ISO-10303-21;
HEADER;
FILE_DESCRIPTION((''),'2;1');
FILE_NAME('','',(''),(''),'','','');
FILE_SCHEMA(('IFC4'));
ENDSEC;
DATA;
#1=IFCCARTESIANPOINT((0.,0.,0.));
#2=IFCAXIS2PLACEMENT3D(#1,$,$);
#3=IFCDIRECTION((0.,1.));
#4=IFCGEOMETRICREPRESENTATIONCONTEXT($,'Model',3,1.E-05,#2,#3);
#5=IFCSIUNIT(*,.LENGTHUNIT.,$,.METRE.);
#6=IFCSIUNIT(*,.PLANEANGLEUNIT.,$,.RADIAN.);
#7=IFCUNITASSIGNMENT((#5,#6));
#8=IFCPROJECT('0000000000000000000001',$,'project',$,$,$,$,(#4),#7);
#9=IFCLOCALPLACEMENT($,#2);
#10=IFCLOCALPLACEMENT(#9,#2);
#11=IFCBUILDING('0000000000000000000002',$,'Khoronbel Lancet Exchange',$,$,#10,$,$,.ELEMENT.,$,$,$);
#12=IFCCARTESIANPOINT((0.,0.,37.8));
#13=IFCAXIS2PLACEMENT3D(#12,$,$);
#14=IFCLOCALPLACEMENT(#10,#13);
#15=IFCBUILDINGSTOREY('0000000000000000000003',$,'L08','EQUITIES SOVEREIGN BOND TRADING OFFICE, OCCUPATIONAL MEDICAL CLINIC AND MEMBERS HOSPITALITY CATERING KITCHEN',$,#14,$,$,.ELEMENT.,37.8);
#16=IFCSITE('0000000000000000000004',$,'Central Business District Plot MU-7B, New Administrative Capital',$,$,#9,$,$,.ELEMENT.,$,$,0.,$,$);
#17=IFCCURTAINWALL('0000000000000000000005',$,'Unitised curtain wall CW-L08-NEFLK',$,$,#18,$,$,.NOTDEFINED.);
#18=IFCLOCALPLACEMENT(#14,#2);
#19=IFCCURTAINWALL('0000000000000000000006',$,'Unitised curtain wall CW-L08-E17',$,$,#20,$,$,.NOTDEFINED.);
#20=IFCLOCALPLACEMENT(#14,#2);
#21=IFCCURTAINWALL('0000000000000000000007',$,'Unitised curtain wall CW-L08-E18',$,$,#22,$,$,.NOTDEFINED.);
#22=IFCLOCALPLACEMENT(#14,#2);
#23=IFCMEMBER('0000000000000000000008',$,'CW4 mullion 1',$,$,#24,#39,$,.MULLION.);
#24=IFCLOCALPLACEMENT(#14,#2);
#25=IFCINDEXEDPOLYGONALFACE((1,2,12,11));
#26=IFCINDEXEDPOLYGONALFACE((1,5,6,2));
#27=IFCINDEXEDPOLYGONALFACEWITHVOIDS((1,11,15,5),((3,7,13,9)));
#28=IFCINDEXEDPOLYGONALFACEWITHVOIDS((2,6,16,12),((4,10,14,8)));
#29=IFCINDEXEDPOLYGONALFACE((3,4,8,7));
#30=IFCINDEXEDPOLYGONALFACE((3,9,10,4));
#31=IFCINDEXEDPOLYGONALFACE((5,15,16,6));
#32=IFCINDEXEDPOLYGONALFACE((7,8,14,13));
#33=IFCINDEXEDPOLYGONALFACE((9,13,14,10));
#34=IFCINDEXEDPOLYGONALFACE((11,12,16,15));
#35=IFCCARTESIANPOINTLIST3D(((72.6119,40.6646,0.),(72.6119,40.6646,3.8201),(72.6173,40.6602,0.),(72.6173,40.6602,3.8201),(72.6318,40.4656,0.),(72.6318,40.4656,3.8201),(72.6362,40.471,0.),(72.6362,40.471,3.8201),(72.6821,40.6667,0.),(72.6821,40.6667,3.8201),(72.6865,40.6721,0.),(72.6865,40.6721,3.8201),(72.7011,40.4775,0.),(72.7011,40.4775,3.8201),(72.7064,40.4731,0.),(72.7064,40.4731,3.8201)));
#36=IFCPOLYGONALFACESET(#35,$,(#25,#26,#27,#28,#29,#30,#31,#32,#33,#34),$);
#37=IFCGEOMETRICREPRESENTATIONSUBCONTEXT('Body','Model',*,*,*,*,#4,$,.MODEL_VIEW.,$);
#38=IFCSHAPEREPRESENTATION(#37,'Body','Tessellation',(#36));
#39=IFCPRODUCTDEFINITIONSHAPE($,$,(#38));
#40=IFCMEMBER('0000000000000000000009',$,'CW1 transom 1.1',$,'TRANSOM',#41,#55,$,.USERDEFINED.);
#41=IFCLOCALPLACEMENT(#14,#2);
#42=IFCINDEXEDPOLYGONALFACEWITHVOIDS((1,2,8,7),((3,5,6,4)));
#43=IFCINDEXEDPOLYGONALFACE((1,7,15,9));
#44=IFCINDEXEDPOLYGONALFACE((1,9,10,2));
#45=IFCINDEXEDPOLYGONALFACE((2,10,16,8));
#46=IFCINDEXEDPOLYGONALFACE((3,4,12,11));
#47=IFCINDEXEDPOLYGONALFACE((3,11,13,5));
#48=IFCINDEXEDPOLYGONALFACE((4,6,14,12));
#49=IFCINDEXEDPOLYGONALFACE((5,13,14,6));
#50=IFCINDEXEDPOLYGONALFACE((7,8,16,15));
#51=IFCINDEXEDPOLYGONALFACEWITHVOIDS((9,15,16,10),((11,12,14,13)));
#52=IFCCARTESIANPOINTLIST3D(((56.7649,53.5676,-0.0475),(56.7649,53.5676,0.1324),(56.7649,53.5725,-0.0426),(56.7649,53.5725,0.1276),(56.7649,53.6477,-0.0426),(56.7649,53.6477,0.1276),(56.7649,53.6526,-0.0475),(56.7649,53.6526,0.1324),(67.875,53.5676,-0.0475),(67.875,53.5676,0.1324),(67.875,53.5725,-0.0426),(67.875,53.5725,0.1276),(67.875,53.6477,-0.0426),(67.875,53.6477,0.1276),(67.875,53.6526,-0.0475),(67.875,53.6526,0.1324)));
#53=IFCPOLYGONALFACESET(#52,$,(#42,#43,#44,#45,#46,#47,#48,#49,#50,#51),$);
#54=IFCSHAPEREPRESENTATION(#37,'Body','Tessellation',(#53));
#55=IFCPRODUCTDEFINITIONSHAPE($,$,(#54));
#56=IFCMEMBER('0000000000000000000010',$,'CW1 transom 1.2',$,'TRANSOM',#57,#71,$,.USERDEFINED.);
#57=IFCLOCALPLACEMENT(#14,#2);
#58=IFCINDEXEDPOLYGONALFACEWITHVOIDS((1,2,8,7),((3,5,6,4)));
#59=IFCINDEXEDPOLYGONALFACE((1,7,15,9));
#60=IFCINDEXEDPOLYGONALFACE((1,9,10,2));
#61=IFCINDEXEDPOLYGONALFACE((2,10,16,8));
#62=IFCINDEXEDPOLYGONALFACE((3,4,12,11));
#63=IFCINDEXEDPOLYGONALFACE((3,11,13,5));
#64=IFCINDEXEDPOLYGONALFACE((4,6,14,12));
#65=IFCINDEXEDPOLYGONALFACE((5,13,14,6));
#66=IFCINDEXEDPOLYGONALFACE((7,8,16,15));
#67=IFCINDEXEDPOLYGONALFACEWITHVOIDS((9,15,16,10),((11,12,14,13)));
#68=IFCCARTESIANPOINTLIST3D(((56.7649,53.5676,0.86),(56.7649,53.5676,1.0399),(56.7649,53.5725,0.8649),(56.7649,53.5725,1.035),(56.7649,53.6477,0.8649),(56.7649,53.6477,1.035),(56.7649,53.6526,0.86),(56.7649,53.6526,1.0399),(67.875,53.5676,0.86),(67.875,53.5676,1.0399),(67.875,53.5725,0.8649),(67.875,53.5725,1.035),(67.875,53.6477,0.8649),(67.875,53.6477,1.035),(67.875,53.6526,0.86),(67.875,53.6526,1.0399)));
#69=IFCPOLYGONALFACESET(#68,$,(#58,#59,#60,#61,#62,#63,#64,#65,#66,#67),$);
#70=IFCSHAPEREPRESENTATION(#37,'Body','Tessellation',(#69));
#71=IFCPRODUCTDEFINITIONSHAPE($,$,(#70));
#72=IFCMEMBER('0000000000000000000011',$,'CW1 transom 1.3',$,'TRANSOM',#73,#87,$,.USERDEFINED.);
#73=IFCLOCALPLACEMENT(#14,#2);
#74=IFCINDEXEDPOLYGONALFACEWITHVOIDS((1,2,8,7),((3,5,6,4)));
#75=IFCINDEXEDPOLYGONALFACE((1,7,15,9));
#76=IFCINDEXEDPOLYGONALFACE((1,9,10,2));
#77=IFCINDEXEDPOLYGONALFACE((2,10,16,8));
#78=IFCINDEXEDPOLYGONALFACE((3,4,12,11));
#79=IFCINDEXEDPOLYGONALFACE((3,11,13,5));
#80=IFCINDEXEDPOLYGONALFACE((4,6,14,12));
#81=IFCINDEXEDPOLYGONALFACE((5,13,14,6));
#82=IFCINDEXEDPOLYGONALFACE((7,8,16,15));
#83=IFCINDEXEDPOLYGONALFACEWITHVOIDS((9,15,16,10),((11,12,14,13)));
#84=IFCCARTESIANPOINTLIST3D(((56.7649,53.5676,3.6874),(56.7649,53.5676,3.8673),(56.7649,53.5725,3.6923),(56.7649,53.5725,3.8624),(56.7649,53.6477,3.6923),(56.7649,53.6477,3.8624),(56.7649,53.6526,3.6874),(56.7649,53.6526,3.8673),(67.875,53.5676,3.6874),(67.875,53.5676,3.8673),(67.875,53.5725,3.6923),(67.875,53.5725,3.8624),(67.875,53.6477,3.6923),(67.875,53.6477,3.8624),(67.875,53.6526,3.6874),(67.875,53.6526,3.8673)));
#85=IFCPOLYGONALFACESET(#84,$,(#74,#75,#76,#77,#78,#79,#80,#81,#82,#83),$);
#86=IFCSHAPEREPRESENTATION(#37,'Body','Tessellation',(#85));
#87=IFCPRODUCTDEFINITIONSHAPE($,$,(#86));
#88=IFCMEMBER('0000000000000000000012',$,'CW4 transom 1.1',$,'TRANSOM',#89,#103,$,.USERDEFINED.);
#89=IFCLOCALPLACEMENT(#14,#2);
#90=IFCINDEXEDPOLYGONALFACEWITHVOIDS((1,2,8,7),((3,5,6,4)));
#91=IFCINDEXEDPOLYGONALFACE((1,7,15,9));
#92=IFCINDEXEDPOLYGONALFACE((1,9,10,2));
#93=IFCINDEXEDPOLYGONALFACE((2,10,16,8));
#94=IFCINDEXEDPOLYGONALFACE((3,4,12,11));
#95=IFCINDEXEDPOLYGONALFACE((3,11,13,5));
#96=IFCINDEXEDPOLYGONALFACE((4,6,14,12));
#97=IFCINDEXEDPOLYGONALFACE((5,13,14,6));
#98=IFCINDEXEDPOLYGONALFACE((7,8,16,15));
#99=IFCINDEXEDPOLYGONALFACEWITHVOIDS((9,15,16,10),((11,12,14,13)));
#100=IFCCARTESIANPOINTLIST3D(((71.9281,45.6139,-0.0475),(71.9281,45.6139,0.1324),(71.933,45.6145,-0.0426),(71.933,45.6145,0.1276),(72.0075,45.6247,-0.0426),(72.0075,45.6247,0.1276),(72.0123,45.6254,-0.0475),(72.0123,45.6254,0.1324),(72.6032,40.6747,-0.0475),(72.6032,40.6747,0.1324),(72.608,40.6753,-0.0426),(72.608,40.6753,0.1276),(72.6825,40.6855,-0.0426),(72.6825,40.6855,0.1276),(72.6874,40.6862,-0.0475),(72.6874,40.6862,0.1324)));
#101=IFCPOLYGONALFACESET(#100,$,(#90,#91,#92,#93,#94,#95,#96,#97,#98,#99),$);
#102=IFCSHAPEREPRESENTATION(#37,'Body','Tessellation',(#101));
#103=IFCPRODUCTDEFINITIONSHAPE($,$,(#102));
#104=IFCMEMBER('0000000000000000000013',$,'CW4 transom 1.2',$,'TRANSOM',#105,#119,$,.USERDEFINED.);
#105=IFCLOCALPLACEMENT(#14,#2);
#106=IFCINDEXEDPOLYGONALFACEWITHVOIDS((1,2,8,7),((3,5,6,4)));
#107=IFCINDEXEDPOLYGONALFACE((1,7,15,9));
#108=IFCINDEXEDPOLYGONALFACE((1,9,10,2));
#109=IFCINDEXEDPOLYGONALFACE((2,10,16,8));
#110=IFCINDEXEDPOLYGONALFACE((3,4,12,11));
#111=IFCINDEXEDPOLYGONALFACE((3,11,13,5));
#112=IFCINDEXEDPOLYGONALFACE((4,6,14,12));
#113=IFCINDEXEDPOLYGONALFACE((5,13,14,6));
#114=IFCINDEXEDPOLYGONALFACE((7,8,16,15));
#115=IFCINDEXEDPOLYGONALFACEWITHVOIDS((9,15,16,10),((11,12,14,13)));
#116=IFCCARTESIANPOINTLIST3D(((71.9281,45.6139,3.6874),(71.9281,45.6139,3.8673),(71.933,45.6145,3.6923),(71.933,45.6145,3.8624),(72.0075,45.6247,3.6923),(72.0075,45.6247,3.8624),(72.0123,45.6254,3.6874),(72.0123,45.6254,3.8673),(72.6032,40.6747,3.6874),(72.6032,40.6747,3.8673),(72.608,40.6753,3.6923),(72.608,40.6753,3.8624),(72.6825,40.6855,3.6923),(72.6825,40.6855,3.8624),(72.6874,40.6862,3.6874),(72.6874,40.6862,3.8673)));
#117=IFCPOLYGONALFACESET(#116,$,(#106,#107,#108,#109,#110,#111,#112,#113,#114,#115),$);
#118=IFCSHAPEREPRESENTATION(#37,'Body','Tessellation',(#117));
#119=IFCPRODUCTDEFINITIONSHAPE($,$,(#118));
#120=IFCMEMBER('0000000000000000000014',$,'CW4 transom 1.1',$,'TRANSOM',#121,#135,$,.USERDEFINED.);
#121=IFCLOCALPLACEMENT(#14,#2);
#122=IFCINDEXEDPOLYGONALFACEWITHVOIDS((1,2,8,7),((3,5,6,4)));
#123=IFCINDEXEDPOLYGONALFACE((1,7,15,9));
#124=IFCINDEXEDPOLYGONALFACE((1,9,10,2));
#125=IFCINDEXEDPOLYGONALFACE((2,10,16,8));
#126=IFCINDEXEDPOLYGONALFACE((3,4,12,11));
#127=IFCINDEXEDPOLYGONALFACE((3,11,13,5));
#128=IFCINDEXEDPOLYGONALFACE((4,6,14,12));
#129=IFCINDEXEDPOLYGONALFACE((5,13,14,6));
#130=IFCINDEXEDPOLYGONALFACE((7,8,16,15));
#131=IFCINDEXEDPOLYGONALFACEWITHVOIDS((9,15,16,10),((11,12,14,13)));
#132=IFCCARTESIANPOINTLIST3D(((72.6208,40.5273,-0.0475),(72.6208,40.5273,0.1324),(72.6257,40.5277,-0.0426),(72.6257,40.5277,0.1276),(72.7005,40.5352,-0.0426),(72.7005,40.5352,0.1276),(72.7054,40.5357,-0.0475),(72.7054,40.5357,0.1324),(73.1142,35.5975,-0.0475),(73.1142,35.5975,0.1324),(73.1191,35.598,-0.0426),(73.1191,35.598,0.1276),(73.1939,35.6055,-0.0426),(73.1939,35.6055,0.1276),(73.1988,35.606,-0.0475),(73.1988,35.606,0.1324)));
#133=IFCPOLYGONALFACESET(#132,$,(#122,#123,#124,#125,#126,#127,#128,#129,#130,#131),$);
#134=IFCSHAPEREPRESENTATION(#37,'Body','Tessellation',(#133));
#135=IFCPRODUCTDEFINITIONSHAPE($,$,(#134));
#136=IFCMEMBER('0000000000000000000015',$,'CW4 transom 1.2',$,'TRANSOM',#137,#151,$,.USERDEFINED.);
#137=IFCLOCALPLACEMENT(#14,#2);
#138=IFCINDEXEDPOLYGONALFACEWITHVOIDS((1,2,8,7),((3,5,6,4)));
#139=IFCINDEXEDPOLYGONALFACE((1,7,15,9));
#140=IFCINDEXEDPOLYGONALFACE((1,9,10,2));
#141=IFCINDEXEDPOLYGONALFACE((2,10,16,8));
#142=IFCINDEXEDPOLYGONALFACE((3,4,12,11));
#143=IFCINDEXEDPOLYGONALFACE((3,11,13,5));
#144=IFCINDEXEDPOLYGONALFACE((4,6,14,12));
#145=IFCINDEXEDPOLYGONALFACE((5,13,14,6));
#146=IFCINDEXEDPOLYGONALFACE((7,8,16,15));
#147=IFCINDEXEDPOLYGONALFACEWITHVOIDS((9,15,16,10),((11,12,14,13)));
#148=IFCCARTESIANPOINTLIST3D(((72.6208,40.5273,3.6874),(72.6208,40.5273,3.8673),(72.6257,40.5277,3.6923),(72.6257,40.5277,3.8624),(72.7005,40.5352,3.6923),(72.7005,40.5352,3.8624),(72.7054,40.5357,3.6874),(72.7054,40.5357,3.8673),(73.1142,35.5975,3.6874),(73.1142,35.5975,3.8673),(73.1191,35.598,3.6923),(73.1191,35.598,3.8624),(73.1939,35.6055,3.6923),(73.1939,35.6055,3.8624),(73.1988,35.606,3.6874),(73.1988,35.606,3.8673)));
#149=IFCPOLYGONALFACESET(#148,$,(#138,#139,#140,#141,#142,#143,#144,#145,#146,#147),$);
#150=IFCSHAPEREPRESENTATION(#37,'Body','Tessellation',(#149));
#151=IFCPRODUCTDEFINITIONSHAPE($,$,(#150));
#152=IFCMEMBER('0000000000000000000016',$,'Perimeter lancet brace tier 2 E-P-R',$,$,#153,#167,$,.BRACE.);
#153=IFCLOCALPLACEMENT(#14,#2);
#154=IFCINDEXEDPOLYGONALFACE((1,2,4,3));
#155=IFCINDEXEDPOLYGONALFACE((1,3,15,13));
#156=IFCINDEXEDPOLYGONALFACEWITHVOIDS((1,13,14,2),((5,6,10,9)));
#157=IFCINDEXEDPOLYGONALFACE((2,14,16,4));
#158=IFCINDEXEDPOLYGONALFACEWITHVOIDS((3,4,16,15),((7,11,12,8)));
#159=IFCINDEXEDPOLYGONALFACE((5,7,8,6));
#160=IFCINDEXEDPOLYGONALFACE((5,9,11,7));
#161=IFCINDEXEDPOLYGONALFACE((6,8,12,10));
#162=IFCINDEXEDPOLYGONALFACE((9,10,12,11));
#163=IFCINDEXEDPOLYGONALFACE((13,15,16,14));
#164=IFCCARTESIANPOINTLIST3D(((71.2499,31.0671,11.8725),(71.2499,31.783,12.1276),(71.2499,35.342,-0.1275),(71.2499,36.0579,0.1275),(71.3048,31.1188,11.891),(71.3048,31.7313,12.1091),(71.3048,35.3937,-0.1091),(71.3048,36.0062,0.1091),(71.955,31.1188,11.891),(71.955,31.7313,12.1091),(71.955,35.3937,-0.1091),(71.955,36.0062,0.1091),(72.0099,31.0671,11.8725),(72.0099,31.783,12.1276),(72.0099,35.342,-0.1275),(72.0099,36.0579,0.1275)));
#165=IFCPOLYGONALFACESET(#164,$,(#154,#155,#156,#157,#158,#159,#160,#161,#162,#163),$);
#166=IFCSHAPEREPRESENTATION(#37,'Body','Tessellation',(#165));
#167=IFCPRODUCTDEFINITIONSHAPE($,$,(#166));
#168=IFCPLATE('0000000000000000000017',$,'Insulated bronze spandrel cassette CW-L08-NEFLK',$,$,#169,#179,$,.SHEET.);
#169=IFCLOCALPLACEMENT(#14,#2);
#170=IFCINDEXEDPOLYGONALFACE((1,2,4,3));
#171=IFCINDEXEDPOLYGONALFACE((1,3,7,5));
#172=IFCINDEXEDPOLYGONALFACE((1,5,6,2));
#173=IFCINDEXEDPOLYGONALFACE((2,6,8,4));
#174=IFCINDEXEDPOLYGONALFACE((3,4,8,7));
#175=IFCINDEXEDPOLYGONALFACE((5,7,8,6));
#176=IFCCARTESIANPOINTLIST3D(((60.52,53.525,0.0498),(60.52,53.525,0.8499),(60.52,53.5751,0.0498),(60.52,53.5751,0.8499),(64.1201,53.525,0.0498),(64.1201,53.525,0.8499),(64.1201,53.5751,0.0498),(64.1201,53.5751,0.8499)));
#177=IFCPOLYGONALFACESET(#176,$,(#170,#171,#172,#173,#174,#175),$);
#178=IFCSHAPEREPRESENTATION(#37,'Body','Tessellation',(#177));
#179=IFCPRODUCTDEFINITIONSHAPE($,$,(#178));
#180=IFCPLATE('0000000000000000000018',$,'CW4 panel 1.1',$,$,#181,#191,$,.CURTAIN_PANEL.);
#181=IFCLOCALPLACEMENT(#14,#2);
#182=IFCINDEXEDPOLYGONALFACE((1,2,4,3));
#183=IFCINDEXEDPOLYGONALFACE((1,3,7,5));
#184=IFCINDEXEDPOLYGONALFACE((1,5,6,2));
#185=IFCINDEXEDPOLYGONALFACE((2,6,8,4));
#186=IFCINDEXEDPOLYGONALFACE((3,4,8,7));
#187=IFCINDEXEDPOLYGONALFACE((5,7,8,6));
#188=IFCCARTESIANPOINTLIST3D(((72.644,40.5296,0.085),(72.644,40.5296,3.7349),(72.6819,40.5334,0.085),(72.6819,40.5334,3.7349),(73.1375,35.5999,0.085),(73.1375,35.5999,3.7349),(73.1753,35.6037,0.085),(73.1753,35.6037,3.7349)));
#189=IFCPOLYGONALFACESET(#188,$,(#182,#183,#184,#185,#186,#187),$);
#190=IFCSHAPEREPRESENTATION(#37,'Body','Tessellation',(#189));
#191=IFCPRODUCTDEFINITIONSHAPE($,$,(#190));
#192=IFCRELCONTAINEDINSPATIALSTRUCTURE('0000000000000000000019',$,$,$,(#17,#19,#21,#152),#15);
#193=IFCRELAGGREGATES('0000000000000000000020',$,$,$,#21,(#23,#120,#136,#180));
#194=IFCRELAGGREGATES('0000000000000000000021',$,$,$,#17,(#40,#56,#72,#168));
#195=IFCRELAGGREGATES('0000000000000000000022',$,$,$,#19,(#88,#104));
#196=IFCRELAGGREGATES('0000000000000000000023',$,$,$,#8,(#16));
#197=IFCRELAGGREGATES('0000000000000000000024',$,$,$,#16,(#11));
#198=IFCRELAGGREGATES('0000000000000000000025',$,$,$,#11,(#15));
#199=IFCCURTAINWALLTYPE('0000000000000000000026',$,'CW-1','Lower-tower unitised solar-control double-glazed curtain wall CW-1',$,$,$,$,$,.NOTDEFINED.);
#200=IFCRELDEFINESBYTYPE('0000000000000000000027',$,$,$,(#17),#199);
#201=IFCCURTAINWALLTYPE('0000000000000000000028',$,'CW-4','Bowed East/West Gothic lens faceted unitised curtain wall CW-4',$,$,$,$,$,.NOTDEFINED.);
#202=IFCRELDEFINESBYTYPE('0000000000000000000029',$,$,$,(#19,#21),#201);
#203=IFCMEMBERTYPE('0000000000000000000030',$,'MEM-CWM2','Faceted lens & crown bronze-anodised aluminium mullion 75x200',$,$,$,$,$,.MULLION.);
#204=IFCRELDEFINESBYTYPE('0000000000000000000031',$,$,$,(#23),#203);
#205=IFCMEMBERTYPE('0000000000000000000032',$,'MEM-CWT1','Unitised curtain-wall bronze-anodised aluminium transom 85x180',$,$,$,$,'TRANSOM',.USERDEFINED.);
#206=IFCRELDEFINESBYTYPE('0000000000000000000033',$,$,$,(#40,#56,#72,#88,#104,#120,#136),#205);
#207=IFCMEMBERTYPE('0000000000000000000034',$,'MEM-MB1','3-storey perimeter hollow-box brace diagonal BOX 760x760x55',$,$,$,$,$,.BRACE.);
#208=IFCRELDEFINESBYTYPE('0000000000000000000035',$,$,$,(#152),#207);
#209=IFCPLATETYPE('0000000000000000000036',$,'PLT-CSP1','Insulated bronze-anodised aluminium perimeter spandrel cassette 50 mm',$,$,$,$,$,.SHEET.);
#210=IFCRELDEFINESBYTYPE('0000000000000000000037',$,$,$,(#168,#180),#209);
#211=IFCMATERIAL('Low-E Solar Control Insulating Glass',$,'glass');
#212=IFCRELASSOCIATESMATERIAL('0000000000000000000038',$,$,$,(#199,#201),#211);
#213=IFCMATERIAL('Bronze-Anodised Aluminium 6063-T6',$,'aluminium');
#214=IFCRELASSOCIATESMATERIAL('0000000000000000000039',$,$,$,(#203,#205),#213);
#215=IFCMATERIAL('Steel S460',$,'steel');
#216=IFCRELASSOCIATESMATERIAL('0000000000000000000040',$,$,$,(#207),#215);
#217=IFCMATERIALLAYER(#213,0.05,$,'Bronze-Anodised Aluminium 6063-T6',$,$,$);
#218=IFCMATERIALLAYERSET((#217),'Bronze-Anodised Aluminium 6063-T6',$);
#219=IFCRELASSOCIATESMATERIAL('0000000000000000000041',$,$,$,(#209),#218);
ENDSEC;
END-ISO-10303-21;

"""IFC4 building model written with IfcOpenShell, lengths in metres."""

from ifc_helpers import new_model, si_unit, direction, frame, origin, origin_2d, place, context, subcontext, project, spatial, rectangle, hollow_rectangle, extrude, material, layer, layer_set, material_profile, profile_set, type_object, element, aggregate, save


model = new_model("IFC4")

# Units and contexts
model_context = context("Model", 3, precision=1e-05, world=origin(), true_north=direction((0.0, 1.0)))
body_context = subcontext(model_context, "Body", "Model", "MODEL_VIEW")
ifc_project = project(units=[si_unit("LENGTHUNIT", "METRE"), si_unit("PLANEANGLEUNIT", "RADIAN")], contexts=[model_context])

# Site, building, storey
site_placement = place(None, origin())
site = spatial("IfcSite", under=ifc_project, at=site_placement, Name="Central Business District Plot MU-7B, New Administrative Capital", CompositionType="ELEMENT", RefElevation=0.0)
building_placement = place(site_placement, origin())
building = spatial("IfcBuilding", under=site, at=building_placement, Name="Khoronbel Lancet Exchange", CompositionType="ELEMENT")
storey_placement = place(building_placement, frame((0.0, 0.0, 37.8)))
storey = spatial("IfcBuildingStorey", under=building, at=storey_placement, Name="L08", Description="EQUITIES SOVEREIGN BOND TRADING OFFICE, OCCUPATIONAL MEDICAL CLINIC AND MEMBERS HOSPITALITY CATERING KITCHEN", CompositionType="ELEMENT", Elevation=37.8)

# Shared definitions
ifc_material_1 = material(Name="Steel S460", Category="steel")

# Curtain walls
ifc_material_2 = material(Name="Low-E Solar Control Insulating Glass", Category="glass")
curtain_wall_type_1 = type_object("IfcCurtainWallType", Name="CW-1", Description="Lower-tower unitised solar-control double-glazed curtain wall CW-1", PredefinedType="NOTDEFINED", material=ifc_material_2)
curtain_wall_1_placement = place(storey_placement, origin())
curtain_wall_1 = element("IfcCurtainWall", 1, at=curtain_wall_1_placement, inside=storey, type_object=curtain_wall_type_1, Name="Unitised curtain wall CW-L08-NEFLK", PredefinedType="NOTDEFINED")
ifc_material_3 = material(Name="Bronze-Anodised Aluminium 6063-T6", Category="aluminium")
curtain_wall_type_2 = type_object("IfcCurtainWallType", Name="CW-4", Description="Bowed East/West Gothic lens faceted unitised curtain wall CW-4", PredefinedType="NOTDEFINED", material=ifc_material_2)
curtain_wall_2_placement = place(storey_placement, origin())
curtain_wall_2 = element("IfcCurtainWall", 2, at=curtain_wall_2_placement, inside=storey, type_object=curtain_wall_type_2, Name="Unitised curtain wall CW-L08-E17", PredefinedType="NOTDEFINED")
ifc_material_profile_1 = material_profile(ifc_material_3, hollow_rectangle(XDim=0.075, YDim=0.2, WallThickness=0.0049, at=origin_2d()), Name="ALU MULLION 75x200")
ifc_profile_set_1 = profile_set([ifc_material_profile_1], Name="Bronze-Anodised Aluminium 6063-T6")
member_type_1 = type_object("IfcMemberType", Name="MEM-CWM2", Description="Faceted lens & crown bronze-anodised aluminium mullion 75x200", PredefinedType="MULLION", material=ifc_profile_set_1)

# Curtain wall, member
curtain_wall_3_placement = place(storey_placement, origin())
curtain_wall_3 = element("IfcCurtainWall", 3, at=curtain_wall_3_placement, inside=storey, type_object=curtain_wall_type_2, Name="Unitised curtain wall CW-L08-E18", PredefinedType="NOTDEFINED")
member_1_placement = place(storey_placement, frame((72.6592, 40.5688, 0.0), z_axis=(0.0, 0.0, 1.0), x_axis=(0.995027, 0.099603, 0.0)))
member_1 = element("IfcMember", 4, at=member_1_placement, type_object=member_type_1, Name="CW4 mullion 1", PredefinedType="MULLION", context=body_context, shape_type="SweptSolid", body=[
    extrude(hollow_rectangle(XDim=0.075, YDim=0.2, WallThickness=0.0049, at=origin_2d()), origin(), (0.0, 0.0, 1.0), 3.8201),
])

# Members
ifc_material_profile_2 = material_profile(ifc_material_3, hollow_rectangle(XDim=0.085, YDim=0.1799, WallThickness=0.0049, at=origin_2d()), Name="ALU TRANSOM 85x180")
ifc_profile_set_2 = profile_set([ifc_material_profile_2], Name="Bronze-Anodised Aluminium 6063-T6")
member_type_2 = type_object("IfcMemberType", Name="MEM-CWT1", Description="Unitised curtain-wall bronze-anodised aluminium transom 85x180", ElementType="TRANSOM", PredefinedType="USERDEFINED", material=ifc_profile_set_2)
member_2_placement = place(storey_placement, frame((67.875, 53.6101, 0.0425), z_axis=(-1.0, 0.0, 0.0), x_axis=(0.0, -1.0, 0.0)))
member_2 = element("IfcMember", 5, at=member_2_placement, type_object=member_type_2, Name="CW1 transom 1.1", ObjectType="TRANSOM", PredefinedType="USERDEFINED", context=body_context, shape_type="SweptSolid", body=[
    extrude(hollow_rectangle(XDim=0.085, YDim=0.1799, WallThickness=0.0049, at=origin_2d()), origin(), (0.0, 0.0, 1.0), 11.1101),
])
member_3_placement = place(storey_placement, frame((67.875, 53.6101, 0.95), z_axis=(-1.0, 0.0, 0.0), x_axis=(0.0, -1.0, 0.0)))
member_3 = element("IfcMember", 6, at=member_3_placement, type_object=member_type_2, Name="CW1 transom 1.2", ObjectType="TRANSOM", PredefinedType="USERDEFINED", context=body_context, shape_type="SweptSolid", body=[
    extrude(hollow_rectangle(XDim=0.085, YDim=0.1799, WallThickness=0.0049, at=origin_2d()), origin(), (0.0, 0.0, 1.0), 11.1101),
])
member_4_placement = place(storey_placement, frame((67.875, 53.6101, 3.7773), z_axis=(-1.0, 0.0, 0.0), x_axis=(0.0, -1.0, 0.0)))
member_4 = element("IfcMember", 7, at=member_4_placement, type_object=member_type_2, Name="CW1 transom 1.3", ObjectType="TRANSOM", PredefinedType="USERDEFINED", context=body_context, shape_type="SweptSolid", body=[
    extrude(hollow_rectangle(XDim=0.085, YDim=0.1799, WallThickness=0.0049, at=origin_2d()), origin(), (0.0, 0.0, 1.0), 11.1101),
])
member_5_placement = place(storey_placement, frame((71.9702, 45.6196, 0.0425), z_axis=(0.135413, -0.990789, 0.0), x_axis=(0.990789, 0.135413, 0.0)))
member_5 = element("IfcMember", 8, at=member_5_placement, type_object=member_type_2, Name="CW4 transom 1.1", ObjectType="TRANSOM", PredefinedType="USERDEFINED", context=body_context, shape_type="SweptSolid", body=[
    extrude(hollow_rectangle(XDim=0.085, YDim=0.1799, WallThickness=0.0049, at=origin_2d()), origin(), (0.0, 0.0, 1.0), 4.9851),
])
member_6_placement = place(storey_placement, frame((71.9702, 45.6196, 3.7773), z_axis=(0.135413, -0.990789, 0.0), x_axis=(0.990789, 0.135413, 0.0)))
member_6 = element("IfcMember", 9, at=member_6_placement, type_object=member_type_2, Name="CW4 transom 1.2", ObjectType="TRANSOM", PredefinedType="USERDEFINED", context=body_context, shape_type="SweptSolid", body=[
    extrude(hollow_rectangle(XDim=0.085, YDim=0.1799, WallThickness=0.0049, at=origin_2d()), origin(), (0.0, 0.0, 1.0), 4.9851),
])
member_7_placement = place(storey_placement, frame((72.6631, 40.5315, 0.0425), z_axis=(0.099592, -0.995028, 0.0), x_axis=(0.995028, 0.099592, 0.0)))
member_7 = element("IfcMember", 10, at=member_7_placement, type_object=member_type_2, Name="CW4 transom 1.1", ObjectType="TRANSOM", PredefinedType="USERDEFINED", context=body_context, shape_type="SweptSolid", body=[
    extrude(hollow_rectangle(XDim=0.085, YDim=0.1799, WallThickness=0.0049, at=origin_2d()), origin(), (0.0, 0.0, 1.0), 4.9543),
])
member_8_placement = place(storey_placement, frame((72.6631, 40.5315, 3.7773), z_axis=(0.099592, -0.995028, 0.0), x_axis=(0.995028, 0.099592, 0.0)))
member_8 = element("IfcMember", 11, at=member_8_placement, type_object=member_type_2, Name="CW4 transom 1.2", ObjectType="TRANSOM", PredefinedType="USERDEFINED", context=body_context, shape_type="SweptSolid", body=[
    extrude(hollow_rectangle(XDim=0.085, YDim=0.1799, WallThickness=0.0049, at=origin_2d()), origin(), (0.0, 0.0, 1.0), 4.9543),
])
ifc_material_profile_3 = material_profile(ifc_material_1, hollow_rectangle(XDim=0.76, YDim=0.76, WallThickness=0.0549, at=origin_2d()), Name="BOX 760x760x55")
ifc_profile_set_3 = profile_set([ifc_material_profile_3], Name="Steel S460")
member_type_3 = type_object("IfcMemberType", Name="MEM-MB1", Description="3-storey perimeter hollow-box brace diagonal BOX 760x760x55", PredefinedType="BRACE", material=ifc_profile_set_3)
member_9_placement = place(storey_placement, frame((71.6299, 35.7, 0.0), z_axis=(0.0, -0.335584, 0.94201), x_axis=(1.0, 0.0, 0.0)))
element("IfcMember", 12, at=member_9_placement, inside=storey, type_object=member_type_3, Name="Perimeter lancet brace tier 2 E-P-R", PredefinedType="BRACE", context=body_context, shape_type="SweptSolid", body=[
    extrude(hollow_rectangle(XDim=0.76, YDim=0.76, WallThickness=0.0549, at=origin_2d()), origin(), (0.0, 0.0, 1.0), 12.7388),
])

# Plates
ifc_layer_1 = layer(ifc_material_3, 0.05, Name="Bronze-Anodised Aluminium 6063-T6")
ifc_layer_set_1 = layer_set([ifc_layer_1], Name="Bronze-Anodised Aluminium 6063-T6")
plate_type_1 = type_object("IfcPlateType", Name="PLT-CSP1", Description="Insulated bronze-anodised aluminium perimeter spandrel cassette 50 mm", PredefinedType="SHEET", material=ifc_layer_set_1)
plate_1_placement = place(storey_placement, frame((62.3201, 53.55, 0.0498), z_axis=(0.0, 0.0, 1.0), x_axis=(-1.0, 0.0, 0.0)))
plate_1 = element("IfcPlate", 13, at=plate_1_placement, type_object=plate_type_1, Name="Insulated bronze spandrel cassette CW-L08-NEFLK", PredefinedType="SHEET", context=body_context, shape_type="SweptSolid", body=[
    extrude(rectangle(XDim=3.6001, YDim=0.05, at=origin_2d()), origin(), (0.0, 0.0, 1.0), 0.8),
])
plate_2_placement = place(storey_placement, frame((72.9097, 38.0667, 0.085), z_axis=(0.0, 0.0, 1.0), x_axis=(0.099603, -0.995027, 0.0)))
plate_2 = element("IfcPlate", 14, at=plate_2_placement, type_object=plate_type_1, Name="CW4 panel 1.1", PredefinedType="CURTAIN_PANEL", context=body_context, shape_type="SweptSolid", body=[
    extrude(rectangle(XDim=4.9543, YDim=0.0381, at=origin_2d()), origin(), (0.0, 0.0, 1.0), 3.6499),
])
aggregate(curtain_wall_3, [member_1, member_7, member_8, plate_2])
aggregate(curtain_wall_1, [member_2, member_3, member_4, plate_1])
aggregate(curtain_wall_2, [member_5, member_6])

save(model, "model.ifc")
